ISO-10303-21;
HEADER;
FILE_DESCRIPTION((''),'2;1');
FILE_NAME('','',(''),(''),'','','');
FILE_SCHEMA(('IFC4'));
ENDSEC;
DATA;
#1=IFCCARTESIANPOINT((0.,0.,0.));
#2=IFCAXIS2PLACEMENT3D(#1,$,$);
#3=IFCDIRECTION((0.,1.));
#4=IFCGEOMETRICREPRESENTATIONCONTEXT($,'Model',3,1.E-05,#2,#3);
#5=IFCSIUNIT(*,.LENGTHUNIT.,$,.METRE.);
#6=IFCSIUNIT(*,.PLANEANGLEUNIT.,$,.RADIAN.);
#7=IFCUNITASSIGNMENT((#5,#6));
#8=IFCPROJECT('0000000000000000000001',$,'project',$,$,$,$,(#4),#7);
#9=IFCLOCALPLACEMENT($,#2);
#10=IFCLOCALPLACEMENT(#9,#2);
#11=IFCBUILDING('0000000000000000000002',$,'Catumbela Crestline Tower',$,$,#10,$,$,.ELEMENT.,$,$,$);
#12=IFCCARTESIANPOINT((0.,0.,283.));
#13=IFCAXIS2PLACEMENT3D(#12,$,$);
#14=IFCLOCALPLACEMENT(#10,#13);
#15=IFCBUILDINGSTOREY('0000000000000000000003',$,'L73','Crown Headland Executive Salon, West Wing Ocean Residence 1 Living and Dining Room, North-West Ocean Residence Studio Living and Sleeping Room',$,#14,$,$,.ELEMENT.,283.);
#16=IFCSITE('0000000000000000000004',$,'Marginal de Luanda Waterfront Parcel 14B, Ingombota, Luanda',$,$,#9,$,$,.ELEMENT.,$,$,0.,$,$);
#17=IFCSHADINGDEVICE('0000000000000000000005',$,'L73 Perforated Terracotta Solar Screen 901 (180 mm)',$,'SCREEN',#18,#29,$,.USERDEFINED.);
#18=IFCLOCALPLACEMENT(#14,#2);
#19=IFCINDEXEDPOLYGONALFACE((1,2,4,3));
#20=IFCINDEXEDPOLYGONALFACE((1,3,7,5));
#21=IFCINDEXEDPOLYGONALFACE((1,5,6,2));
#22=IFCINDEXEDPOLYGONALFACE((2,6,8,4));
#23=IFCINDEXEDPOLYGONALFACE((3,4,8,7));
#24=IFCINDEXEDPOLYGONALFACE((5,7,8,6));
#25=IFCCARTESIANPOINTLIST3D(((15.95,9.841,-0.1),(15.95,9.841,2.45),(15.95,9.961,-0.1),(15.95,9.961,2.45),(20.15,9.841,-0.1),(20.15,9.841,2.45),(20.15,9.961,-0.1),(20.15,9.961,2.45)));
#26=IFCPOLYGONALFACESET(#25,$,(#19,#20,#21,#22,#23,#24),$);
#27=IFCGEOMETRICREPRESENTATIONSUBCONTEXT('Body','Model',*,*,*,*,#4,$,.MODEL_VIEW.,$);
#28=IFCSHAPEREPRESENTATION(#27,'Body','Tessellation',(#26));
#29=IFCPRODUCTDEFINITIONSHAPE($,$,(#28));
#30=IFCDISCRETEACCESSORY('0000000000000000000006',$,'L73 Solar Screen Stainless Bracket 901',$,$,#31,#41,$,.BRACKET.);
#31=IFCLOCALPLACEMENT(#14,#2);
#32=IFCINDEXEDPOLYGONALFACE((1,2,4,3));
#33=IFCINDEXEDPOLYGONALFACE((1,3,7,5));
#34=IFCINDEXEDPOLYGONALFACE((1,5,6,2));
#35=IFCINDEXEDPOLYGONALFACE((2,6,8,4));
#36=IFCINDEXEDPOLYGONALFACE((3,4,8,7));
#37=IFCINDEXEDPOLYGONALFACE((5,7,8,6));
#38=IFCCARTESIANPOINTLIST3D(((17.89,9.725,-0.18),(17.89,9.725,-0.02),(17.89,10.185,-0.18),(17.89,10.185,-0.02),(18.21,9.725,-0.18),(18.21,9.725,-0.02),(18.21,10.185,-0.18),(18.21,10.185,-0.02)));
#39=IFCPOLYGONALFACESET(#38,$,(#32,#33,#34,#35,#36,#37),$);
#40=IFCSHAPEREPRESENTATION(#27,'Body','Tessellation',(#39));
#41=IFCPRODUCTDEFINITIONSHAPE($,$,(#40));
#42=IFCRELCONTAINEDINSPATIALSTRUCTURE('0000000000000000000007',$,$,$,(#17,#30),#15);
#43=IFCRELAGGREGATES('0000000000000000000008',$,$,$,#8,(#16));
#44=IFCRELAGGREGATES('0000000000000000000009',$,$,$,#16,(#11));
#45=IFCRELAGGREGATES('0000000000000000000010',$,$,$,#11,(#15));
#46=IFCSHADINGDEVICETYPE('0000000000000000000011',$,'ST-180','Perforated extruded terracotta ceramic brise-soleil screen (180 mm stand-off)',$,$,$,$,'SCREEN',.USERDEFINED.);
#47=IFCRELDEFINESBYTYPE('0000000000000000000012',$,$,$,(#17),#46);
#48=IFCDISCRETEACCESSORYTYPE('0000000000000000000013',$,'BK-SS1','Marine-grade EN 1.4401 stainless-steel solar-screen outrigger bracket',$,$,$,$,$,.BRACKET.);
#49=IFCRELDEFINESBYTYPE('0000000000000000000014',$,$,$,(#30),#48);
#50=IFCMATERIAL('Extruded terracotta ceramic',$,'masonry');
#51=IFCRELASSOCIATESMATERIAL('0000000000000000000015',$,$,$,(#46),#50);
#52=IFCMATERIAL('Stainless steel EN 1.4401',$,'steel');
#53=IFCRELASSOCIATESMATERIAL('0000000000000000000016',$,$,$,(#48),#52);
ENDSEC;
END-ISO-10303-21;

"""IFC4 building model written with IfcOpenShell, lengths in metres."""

from ifc_helpers import new_model, si_unit, direction, frame, origin, origin_2d, place, context, subcontext, project, spatial, rectangle, extrude, material, type_object, element, save


model = new_model("IFC4")

# Units and contexts
model_context = context("Model", 3, precision=1e-05, world=origin(), true_north=direction((0.0, 1.0)))
body_context = subcontext(model_context, "Body", "Model", "MODEL_VIEW")
ifc_project = project(units=[si_unit("LENGTHUNIT", "METRE"), si_unit("PLANEANGLEUNIT", "RADIAN")], contexts=[model_context])

# Site, building, storey
site_placement = place(None, origin())
site = spatial("IfcSite", under=ifc_project, at=site_placement, Name="Marginal de Luanda Waterfront Parcel 14B, Ingombota, Luanda", CompositionType="ELEMENT", RefElevation=0.0)
building_placement = place(site_placement, origin())
building = spatial("IfcBuilding", under=site, at=building_placement, Name="Catumbela Crestline Tower", CompositionType="ELEMENT")
storey_placement = place(building_placement, frame((0.0, 0.0, 283.0)))
storey = spatial("IfcBuildingStorey", under=building, at=storey_placement, Name="L73", Description="Crown Headland Executive Salon, West Wing Ocean Residence 1 Living and Dining Room, North-West Ocean Residence Studio Living and Sleeping Room", CompositionType="ELEMENT", Elevation=283.0)

# Shading device
ifc_material_1 = material(Name="Extruded terracotta ceramic", Category="masonry")
shading_device_type = type_object("IfcShadingDeviceType", Name="ST-180", Description="Perforated extruded terracotta ceramic brise-soleil screen (180 mm stand-off)", ElementType="SCREEN", PredefinedType="USERDEFINED", material=ifc_material_1)
shading_device_placement = place(storey_placement, frame((18.05, 9.901, -0.1), z_axis=(0.0, 0.0, 1.0), x_axis=(1.0, 0.0, 0.0)))
element("IfcShadingDevice", 1, at=shading_device_placement, inside=storey, type_object=shading_device_type, Name="L73 Perforated Terracotta Solar Screen 901 (180 mm)", ObjectType="SCREEN", PredefinedType="USERDEFINED", context=body_context, shape_type="SweptSolid", body=[
    extrude(rectangle(XDim=4.2, YDim=0.12, at=origin_2d()), origin(), (0.0, 0.0, 1.0), 2.55),
])

# Discrete accessory
ifc_material_2 = material(Name="Stainless steel EN 1.4401", Category="steel")
discrete_accessory_type = type_object("IfcDiscreteAccessoryType", Name="BK-SS1", Description="Marine-grade EN 1.4401 stainless-steel solar-screen outrigger bracket", PredefinedType="BRACKET", material=ifc_material_2)
discrete_accessory_placement = place(storey_placement, frame((18.05, 9.955, -0.18), z_axis=(0.0, 0.0, 1.0), x_axis=(1.0, 0.0, 0.0)))
element("IfcDiscreteAccessory", 2, at=discrete_accessory_placement, inside=storey, type_object=discrete_accessory_type, Name="L73 Solar Screen Stainless Bracket 901", PredefinedType="BRACKET", context=body_context, shape_type="SweptSolid", body=[
    extrude(rectangle(XDim=0.32, YDim=0.46, at=origin_2d()), origin(), (0.0, 0.0, 1.0), 0.16),
])

save(model, "model.ifc")
